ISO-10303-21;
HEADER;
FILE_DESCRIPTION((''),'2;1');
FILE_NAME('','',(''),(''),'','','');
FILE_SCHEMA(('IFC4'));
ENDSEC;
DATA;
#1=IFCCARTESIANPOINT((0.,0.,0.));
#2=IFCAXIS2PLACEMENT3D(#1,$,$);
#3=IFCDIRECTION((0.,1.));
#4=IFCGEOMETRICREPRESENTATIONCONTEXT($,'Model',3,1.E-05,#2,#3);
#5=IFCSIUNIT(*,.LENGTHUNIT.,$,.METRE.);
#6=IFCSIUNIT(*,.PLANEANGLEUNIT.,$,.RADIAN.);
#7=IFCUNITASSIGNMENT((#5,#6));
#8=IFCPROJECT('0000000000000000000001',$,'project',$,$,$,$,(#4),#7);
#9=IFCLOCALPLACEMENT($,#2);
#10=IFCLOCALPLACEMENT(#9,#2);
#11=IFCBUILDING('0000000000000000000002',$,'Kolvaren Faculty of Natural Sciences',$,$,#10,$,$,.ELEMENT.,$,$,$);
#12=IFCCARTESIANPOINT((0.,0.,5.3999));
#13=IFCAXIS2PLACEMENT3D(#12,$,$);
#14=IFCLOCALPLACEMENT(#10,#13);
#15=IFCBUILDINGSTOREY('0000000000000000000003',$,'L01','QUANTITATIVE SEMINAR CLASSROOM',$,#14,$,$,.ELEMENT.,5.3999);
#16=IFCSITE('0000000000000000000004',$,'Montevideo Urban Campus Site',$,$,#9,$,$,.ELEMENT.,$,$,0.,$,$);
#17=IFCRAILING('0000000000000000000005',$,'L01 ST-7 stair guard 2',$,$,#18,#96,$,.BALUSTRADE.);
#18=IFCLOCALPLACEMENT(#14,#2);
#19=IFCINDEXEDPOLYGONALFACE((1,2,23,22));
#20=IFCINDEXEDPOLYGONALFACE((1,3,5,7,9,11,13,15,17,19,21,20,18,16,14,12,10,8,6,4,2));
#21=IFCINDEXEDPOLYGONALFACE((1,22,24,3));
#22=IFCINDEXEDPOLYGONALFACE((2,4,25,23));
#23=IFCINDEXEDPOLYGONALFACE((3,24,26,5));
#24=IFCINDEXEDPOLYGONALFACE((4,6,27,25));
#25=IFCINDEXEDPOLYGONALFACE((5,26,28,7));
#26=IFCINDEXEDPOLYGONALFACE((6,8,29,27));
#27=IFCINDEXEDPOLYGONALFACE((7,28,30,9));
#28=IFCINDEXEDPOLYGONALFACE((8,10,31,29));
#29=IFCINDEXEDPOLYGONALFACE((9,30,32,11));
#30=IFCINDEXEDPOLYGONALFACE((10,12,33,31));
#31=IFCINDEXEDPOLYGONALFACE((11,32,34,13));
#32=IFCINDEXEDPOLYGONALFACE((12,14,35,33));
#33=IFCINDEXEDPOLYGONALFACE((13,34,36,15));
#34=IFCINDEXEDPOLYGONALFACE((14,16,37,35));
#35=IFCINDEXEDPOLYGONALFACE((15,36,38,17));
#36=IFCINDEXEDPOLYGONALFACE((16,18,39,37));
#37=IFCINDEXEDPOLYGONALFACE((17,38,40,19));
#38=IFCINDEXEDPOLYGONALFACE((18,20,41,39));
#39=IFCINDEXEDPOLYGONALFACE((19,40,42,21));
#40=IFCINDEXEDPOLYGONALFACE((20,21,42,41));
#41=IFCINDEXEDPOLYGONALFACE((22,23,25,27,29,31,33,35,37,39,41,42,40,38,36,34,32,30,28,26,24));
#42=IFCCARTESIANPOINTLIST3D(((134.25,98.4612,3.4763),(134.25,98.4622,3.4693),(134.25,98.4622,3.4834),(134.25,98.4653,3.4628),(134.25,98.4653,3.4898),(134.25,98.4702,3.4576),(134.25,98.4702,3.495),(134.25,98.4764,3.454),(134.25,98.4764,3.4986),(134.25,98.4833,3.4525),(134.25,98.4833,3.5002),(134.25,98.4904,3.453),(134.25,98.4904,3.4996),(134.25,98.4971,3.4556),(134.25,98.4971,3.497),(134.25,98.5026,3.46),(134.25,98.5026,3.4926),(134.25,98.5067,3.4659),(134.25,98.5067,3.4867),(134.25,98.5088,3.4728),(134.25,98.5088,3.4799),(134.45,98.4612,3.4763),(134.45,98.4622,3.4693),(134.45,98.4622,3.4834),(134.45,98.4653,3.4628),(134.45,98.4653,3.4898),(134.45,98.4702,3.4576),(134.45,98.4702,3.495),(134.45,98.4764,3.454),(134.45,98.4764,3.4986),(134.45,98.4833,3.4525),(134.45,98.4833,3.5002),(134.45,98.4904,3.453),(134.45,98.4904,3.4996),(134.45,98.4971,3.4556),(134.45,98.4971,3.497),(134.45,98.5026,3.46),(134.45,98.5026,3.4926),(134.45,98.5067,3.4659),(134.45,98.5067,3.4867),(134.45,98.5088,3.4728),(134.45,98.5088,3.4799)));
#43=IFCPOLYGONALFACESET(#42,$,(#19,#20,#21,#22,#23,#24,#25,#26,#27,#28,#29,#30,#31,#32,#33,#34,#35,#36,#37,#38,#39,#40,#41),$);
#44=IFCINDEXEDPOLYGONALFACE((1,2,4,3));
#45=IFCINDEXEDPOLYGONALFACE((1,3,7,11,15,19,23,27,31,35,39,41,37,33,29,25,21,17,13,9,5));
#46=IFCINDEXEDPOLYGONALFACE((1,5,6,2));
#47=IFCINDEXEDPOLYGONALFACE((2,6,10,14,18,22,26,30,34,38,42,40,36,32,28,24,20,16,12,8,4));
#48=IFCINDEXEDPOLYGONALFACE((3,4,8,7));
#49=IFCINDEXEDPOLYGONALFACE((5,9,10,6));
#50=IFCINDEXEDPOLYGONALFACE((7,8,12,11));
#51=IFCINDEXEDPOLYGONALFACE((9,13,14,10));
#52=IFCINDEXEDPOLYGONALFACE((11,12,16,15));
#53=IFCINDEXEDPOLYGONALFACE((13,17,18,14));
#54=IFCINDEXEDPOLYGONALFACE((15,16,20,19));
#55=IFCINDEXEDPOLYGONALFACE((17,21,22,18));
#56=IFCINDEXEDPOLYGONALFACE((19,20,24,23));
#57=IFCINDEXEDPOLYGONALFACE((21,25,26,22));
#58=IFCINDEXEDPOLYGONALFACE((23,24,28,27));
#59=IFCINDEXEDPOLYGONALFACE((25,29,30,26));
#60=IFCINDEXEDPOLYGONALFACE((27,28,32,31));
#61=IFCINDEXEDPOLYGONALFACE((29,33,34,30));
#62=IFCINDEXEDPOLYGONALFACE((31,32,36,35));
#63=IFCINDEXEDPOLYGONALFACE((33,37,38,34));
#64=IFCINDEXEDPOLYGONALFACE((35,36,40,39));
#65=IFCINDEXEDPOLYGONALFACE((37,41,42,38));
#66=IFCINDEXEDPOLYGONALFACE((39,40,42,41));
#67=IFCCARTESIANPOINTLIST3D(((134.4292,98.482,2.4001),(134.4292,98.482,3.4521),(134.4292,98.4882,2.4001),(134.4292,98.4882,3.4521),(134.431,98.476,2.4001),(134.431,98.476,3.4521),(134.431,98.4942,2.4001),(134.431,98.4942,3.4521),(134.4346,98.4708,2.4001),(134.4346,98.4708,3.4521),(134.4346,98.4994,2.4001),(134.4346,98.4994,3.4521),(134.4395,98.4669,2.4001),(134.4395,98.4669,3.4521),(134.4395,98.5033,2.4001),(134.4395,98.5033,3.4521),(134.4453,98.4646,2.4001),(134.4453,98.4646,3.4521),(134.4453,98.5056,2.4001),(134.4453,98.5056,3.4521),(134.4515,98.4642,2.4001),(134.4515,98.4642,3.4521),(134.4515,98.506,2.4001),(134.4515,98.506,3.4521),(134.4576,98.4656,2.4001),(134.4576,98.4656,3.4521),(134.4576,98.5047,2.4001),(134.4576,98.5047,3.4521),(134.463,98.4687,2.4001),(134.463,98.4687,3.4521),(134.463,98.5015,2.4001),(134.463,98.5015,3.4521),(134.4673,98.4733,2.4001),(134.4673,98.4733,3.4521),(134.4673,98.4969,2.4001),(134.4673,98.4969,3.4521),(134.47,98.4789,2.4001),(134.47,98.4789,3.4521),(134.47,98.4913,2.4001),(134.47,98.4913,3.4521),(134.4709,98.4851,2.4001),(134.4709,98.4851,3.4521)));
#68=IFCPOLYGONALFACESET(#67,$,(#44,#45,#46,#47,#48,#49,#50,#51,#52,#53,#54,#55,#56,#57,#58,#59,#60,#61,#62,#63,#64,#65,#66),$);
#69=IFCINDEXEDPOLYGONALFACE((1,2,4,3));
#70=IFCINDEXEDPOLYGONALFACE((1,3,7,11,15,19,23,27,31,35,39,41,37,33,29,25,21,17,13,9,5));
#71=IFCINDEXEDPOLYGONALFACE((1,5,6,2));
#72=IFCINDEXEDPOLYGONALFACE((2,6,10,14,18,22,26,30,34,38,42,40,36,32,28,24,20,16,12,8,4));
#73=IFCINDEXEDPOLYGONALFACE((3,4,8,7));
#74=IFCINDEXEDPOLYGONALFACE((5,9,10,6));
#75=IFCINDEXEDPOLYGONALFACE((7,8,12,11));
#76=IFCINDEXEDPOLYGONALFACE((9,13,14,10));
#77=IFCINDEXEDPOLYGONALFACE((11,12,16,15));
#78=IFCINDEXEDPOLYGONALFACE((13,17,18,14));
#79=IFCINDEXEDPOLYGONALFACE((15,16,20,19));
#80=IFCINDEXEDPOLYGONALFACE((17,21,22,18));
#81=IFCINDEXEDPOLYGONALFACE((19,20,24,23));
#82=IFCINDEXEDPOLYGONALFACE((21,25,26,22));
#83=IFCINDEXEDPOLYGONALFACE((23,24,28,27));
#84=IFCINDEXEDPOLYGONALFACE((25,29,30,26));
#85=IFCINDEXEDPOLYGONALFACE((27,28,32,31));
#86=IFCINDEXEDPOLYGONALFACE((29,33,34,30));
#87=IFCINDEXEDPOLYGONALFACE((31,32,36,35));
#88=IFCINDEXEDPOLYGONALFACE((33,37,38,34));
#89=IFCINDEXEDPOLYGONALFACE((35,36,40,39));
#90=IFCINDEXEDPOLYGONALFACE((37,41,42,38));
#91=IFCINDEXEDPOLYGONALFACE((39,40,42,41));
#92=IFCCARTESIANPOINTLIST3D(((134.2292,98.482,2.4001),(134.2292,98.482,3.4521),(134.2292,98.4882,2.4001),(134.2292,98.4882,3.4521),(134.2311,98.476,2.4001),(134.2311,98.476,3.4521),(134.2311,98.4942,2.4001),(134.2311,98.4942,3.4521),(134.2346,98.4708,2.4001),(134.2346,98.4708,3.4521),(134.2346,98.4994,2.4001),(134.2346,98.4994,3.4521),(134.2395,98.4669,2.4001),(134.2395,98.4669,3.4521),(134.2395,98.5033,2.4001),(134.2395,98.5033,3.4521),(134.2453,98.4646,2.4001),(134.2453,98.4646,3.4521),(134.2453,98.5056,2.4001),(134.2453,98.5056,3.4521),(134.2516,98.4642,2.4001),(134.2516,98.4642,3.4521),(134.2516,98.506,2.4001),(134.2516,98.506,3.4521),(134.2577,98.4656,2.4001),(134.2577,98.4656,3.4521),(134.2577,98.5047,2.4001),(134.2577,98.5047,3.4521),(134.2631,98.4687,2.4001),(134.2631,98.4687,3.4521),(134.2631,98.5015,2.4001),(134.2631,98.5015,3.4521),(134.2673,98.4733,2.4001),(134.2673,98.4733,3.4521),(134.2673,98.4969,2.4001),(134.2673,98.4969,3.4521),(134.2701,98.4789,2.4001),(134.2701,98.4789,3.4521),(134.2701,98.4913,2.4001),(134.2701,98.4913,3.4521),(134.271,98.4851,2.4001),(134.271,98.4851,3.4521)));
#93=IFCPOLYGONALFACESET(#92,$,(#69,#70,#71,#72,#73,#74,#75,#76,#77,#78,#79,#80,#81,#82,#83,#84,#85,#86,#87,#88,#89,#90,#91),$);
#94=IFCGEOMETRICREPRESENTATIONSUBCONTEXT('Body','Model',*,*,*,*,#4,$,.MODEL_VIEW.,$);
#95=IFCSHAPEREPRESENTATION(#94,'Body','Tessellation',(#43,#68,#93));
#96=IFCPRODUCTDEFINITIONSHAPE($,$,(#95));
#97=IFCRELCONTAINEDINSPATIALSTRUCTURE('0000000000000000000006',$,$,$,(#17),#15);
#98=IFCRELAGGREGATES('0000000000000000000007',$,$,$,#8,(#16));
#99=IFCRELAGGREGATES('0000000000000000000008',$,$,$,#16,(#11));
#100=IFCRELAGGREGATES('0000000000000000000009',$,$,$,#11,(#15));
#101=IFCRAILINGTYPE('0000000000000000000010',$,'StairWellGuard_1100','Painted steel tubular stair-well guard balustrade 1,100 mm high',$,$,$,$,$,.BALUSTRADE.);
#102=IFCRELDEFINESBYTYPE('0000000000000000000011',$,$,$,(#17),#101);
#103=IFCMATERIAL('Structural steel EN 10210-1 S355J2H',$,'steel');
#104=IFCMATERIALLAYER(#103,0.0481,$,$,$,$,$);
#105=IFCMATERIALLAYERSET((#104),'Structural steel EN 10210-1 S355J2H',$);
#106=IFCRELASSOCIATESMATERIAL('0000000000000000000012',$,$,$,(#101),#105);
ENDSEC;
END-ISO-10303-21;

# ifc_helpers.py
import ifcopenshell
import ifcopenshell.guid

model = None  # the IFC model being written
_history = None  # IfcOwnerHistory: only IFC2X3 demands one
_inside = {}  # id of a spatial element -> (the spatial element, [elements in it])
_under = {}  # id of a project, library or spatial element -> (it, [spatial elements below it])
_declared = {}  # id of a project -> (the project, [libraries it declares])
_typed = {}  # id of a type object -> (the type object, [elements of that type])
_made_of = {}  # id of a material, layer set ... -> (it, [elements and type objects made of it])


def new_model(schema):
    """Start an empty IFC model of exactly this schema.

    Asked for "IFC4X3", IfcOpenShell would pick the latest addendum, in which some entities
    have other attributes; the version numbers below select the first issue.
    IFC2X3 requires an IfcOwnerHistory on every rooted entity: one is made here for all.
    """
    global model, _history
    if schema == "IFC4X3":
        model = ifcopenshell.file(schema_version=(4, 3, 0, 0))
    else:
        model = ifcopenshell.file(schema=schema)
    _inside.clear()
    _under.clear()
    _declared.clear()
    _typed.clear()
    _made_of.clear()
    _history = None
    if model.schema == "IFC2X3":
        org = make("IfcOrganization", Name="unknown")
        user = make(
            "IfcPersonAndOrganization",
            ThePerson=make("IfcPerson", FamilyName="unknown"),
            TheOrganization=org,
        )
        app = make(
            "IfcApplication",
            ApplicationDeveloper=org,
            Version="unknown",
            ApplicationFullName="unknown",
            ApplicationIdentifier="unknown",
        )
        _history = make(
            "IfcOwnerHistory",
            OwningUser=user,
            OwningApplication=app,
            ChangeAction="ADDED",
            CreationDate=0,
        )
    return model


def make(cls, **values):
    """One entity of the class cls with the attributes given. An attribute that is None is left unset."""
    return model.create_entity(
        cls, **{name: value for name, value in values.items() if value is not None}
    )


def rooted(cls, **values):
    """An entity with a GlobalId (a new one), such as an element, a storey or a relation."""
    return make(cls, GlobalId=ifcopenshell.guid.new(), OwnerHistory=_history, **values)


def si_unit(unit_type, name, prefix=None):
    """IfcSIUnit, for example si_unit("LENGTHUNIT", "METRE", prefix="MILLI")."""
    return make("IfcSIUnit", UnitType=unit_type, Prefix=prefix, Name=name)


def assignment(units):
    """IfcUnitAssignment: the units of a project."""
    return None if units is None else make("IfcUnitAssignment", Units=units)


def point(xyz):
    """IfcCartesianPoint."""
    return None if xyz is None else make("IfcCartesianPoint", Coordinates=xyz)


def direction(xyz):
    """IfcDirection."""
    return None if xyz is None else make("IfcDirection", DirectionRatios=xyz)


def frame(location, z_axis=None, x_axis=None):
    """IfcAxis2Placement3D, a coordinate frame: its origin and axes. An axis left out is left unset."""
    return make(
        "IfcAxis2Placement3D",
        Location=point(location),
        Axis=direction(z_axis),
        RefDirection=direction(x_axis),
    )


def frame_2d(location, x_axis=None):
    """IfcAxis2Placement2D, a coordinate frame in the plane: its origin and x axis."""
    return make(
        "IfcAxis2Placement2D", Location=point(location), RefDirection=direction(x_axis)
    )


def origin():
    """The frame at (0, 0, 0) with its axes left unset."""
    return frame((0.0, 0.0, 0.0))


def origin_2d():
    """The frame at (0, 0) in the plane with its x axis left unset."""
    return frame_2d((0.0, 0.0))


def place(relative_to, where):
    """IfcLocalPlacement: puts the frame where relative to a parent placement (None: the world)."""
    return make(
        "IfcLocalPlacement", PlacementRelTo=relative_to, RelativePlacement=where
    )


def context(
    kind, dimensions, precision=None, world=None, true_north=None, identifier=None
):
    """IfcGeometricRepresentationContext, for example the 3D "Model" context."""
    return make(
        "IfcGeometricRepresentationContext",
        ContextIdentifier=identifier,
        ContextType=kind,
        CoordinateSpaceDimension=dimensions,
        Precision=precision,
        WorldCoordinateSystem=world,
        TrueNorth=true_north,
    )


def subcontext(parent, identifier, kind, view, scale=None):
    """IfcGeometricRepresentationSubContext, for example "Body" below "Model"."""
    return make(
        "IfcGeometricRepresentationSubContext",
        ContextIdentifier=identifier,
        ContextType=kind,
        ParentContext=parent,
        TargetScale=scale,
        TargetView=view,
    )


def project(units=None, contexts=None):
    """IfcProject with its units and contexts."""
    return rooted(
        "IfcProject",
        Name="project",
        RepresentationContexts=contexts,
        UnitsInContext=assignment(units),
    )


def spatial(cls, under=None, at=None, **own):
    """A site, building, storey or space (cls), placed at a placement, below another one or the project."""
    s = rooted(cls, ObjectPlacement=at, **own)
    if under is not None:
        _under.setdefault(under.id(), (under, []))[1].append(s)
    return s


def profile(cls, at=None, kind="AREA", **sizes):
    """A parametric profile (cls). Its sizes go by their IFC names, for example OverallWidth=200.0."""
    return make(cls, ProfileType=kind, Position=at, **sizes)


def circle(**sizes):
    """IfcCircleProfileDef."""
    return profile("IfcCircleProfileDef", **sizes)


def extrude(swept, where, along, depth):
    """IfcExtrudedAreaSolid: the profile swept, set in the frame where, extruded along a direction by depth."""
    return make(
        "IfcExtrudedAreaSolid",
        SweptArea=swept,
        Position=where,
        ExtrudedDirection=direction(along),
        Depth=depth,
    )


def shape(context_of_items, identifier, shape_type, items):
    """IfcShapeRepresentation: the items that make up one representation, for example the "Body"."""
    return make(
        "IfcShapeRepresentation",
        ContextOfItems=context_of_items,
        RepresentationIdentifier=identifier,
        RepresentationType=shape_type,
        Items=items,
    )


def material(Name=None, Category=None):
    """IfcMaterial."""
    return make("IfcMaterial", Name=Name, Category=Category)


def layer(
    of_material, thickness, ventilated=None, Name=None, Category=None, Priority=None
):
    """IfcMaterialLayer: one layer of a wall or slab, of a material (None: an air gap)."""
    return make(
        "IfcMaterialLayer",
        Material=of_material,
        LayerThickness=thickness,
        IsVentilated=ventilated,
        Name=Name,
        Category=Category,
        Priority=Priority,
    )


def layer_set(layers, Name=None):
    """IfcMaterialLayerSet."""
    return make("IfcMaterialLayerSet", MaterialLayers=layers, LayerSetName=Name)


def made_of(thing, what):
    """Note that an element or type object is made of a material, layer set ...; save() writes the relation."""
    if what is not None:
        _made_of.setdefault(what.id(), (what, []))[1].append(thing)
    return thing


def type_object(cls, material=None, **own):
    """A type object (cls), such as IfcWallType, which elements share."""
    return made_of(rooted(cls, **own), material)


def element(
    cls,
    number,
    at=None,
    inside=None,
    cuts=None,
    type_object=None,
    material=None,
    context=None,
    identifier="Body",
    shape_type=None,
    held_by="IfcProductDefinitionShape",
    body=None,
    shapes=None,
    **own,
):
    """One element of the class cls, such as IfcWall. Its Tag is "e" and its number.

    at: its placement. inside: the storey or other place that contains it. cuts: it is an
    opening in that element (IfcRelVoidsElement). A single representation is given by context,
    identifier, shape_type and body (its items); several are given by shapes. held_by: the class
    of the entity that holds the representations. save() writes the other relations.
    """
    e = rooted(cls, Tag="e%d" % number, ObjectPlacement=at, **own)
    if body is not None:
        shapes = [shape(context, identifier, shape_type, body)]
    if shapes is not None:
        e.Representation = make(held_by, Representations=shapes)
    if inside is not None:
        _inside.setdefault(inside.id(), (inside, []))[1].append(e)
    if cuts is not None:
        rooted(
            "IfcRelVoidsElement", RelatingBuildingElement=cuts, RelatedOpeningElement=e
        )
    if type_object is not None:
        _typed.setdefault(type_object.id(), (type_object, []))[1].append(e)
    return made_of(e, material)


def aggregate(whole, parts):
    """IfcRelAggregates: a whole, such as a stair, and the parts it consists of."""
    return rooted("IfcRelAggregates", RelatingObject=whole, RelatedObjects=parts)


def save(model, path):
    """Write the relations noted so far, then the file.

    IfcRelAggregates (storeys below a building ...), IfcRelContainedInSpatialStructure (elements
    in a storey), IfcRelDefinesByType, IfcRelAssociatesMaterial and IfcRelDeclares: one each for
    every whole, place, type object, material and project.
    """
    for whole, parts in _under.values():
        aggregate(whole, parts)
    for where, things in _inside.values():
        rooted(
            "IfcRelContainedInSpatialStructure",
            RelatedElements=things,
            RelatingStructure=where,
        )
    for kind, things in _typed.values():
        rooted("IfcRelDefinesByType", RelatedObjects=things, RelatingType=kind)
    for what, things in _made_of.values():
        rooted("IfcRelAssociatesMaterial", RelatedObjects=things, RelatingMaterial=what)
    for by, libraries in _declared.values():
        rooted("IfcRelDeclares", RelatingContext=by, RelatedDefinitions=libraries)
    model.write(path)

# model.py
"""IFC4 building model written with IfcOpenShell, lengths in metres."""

from ifc_helpers import new_model, si_unit, direction, frame, origin, origin_2d, place, context, subcontext, project, spatial, circle, extrude, material, layer, layer_set, type_object, element, save


model = new_model("IFC4")

# Units and contexts
model_context = context("Model", 3, precision=1e-05, world=origin(), true_north=direction((0.0, 1.0)))
body_context = subcontext(model_context, "Body", "Model", "MODEL_VIEW")
ifc_project = project(units=[si_unit("LENGTHUNIT", "METRE"), si_unit("PLANEANGLEUNIT", "RADIAN")], contexts=[model_context])

# Site, building, storey
site_placement = place(None, origin())
site = spatial("IfcSite", under=ifc_project, at=site_placement, Name="Montevideo Urban Campus Site", CompositionType="ELEMENT", RefElevation=0.0)
building_placement = place(site_placement, origin())
building = spatial("IfcBuilding", under=site, at=building_placement, Name="Kolvaren Faculty of Natural Sciences", CompositionType="ELEMENT")
storey_placement = place(building_placement, frame((0.0, 0.0, 5.3999)))
storey = spatial("IfcBuildingStorey", under=building, at=storey_placement, Name="L01", Description="QUANTITATIVE SEMINAR CLASSROOM", CompositionType="ELEMENT", Elevation=5.3999)

# Railing
ifc_material_1 = material(Name="Structural steel EN 10210-1 S355J2H", Category="steel")
ifc_layer_1 = layer(ifc_material_1, 0.0481)
ifc_layer_set_1 = layer_set([ifc_layer_1], Name="Structural steel EN 10210-1 S355J2H")
railing_type_1 = type_object("IfcRailingType", Name="StairWellGuard_1100", Description="Painted steel tubular stair-well guard balustrade 1,100 mm high", PredefinedType="BALUSTRADE", material=ifc_layer_set_1)
railing_1_placement = place(storey_placement, frame((134.45, 98.4851, 2.4001)))
element("IfcRailing", 1, at=railing_1_placement, inside=storey, type_object=railing_type_1, Name="L01 ST-7 stair guard 2", PredefinedType="BALUSTRADE", context=body_context, shape_type="SweptSolid", body=[
    extrude(circle(Radius=0.0239, at=origin_2d()), frame((0.0, 0.0, 1.0762), z_axis=(-1.0, 0.0, 0.0), x_axis=(0.0, -1.0, 0.0)), (0.0, 0.0, 1.0), 0.2),
    extrude(circle(Radius=0.021, at=origin_2d()), origin(), (0.0, 0.0, 1.0), 1.052),
    extrude(circle(Radius=0.021, at=origin_2d()), frame((-0.2, 0.0, 0.0)), (0.0, 0.0, 1.0), 1.052),
])

save(model, "model.ifc")
